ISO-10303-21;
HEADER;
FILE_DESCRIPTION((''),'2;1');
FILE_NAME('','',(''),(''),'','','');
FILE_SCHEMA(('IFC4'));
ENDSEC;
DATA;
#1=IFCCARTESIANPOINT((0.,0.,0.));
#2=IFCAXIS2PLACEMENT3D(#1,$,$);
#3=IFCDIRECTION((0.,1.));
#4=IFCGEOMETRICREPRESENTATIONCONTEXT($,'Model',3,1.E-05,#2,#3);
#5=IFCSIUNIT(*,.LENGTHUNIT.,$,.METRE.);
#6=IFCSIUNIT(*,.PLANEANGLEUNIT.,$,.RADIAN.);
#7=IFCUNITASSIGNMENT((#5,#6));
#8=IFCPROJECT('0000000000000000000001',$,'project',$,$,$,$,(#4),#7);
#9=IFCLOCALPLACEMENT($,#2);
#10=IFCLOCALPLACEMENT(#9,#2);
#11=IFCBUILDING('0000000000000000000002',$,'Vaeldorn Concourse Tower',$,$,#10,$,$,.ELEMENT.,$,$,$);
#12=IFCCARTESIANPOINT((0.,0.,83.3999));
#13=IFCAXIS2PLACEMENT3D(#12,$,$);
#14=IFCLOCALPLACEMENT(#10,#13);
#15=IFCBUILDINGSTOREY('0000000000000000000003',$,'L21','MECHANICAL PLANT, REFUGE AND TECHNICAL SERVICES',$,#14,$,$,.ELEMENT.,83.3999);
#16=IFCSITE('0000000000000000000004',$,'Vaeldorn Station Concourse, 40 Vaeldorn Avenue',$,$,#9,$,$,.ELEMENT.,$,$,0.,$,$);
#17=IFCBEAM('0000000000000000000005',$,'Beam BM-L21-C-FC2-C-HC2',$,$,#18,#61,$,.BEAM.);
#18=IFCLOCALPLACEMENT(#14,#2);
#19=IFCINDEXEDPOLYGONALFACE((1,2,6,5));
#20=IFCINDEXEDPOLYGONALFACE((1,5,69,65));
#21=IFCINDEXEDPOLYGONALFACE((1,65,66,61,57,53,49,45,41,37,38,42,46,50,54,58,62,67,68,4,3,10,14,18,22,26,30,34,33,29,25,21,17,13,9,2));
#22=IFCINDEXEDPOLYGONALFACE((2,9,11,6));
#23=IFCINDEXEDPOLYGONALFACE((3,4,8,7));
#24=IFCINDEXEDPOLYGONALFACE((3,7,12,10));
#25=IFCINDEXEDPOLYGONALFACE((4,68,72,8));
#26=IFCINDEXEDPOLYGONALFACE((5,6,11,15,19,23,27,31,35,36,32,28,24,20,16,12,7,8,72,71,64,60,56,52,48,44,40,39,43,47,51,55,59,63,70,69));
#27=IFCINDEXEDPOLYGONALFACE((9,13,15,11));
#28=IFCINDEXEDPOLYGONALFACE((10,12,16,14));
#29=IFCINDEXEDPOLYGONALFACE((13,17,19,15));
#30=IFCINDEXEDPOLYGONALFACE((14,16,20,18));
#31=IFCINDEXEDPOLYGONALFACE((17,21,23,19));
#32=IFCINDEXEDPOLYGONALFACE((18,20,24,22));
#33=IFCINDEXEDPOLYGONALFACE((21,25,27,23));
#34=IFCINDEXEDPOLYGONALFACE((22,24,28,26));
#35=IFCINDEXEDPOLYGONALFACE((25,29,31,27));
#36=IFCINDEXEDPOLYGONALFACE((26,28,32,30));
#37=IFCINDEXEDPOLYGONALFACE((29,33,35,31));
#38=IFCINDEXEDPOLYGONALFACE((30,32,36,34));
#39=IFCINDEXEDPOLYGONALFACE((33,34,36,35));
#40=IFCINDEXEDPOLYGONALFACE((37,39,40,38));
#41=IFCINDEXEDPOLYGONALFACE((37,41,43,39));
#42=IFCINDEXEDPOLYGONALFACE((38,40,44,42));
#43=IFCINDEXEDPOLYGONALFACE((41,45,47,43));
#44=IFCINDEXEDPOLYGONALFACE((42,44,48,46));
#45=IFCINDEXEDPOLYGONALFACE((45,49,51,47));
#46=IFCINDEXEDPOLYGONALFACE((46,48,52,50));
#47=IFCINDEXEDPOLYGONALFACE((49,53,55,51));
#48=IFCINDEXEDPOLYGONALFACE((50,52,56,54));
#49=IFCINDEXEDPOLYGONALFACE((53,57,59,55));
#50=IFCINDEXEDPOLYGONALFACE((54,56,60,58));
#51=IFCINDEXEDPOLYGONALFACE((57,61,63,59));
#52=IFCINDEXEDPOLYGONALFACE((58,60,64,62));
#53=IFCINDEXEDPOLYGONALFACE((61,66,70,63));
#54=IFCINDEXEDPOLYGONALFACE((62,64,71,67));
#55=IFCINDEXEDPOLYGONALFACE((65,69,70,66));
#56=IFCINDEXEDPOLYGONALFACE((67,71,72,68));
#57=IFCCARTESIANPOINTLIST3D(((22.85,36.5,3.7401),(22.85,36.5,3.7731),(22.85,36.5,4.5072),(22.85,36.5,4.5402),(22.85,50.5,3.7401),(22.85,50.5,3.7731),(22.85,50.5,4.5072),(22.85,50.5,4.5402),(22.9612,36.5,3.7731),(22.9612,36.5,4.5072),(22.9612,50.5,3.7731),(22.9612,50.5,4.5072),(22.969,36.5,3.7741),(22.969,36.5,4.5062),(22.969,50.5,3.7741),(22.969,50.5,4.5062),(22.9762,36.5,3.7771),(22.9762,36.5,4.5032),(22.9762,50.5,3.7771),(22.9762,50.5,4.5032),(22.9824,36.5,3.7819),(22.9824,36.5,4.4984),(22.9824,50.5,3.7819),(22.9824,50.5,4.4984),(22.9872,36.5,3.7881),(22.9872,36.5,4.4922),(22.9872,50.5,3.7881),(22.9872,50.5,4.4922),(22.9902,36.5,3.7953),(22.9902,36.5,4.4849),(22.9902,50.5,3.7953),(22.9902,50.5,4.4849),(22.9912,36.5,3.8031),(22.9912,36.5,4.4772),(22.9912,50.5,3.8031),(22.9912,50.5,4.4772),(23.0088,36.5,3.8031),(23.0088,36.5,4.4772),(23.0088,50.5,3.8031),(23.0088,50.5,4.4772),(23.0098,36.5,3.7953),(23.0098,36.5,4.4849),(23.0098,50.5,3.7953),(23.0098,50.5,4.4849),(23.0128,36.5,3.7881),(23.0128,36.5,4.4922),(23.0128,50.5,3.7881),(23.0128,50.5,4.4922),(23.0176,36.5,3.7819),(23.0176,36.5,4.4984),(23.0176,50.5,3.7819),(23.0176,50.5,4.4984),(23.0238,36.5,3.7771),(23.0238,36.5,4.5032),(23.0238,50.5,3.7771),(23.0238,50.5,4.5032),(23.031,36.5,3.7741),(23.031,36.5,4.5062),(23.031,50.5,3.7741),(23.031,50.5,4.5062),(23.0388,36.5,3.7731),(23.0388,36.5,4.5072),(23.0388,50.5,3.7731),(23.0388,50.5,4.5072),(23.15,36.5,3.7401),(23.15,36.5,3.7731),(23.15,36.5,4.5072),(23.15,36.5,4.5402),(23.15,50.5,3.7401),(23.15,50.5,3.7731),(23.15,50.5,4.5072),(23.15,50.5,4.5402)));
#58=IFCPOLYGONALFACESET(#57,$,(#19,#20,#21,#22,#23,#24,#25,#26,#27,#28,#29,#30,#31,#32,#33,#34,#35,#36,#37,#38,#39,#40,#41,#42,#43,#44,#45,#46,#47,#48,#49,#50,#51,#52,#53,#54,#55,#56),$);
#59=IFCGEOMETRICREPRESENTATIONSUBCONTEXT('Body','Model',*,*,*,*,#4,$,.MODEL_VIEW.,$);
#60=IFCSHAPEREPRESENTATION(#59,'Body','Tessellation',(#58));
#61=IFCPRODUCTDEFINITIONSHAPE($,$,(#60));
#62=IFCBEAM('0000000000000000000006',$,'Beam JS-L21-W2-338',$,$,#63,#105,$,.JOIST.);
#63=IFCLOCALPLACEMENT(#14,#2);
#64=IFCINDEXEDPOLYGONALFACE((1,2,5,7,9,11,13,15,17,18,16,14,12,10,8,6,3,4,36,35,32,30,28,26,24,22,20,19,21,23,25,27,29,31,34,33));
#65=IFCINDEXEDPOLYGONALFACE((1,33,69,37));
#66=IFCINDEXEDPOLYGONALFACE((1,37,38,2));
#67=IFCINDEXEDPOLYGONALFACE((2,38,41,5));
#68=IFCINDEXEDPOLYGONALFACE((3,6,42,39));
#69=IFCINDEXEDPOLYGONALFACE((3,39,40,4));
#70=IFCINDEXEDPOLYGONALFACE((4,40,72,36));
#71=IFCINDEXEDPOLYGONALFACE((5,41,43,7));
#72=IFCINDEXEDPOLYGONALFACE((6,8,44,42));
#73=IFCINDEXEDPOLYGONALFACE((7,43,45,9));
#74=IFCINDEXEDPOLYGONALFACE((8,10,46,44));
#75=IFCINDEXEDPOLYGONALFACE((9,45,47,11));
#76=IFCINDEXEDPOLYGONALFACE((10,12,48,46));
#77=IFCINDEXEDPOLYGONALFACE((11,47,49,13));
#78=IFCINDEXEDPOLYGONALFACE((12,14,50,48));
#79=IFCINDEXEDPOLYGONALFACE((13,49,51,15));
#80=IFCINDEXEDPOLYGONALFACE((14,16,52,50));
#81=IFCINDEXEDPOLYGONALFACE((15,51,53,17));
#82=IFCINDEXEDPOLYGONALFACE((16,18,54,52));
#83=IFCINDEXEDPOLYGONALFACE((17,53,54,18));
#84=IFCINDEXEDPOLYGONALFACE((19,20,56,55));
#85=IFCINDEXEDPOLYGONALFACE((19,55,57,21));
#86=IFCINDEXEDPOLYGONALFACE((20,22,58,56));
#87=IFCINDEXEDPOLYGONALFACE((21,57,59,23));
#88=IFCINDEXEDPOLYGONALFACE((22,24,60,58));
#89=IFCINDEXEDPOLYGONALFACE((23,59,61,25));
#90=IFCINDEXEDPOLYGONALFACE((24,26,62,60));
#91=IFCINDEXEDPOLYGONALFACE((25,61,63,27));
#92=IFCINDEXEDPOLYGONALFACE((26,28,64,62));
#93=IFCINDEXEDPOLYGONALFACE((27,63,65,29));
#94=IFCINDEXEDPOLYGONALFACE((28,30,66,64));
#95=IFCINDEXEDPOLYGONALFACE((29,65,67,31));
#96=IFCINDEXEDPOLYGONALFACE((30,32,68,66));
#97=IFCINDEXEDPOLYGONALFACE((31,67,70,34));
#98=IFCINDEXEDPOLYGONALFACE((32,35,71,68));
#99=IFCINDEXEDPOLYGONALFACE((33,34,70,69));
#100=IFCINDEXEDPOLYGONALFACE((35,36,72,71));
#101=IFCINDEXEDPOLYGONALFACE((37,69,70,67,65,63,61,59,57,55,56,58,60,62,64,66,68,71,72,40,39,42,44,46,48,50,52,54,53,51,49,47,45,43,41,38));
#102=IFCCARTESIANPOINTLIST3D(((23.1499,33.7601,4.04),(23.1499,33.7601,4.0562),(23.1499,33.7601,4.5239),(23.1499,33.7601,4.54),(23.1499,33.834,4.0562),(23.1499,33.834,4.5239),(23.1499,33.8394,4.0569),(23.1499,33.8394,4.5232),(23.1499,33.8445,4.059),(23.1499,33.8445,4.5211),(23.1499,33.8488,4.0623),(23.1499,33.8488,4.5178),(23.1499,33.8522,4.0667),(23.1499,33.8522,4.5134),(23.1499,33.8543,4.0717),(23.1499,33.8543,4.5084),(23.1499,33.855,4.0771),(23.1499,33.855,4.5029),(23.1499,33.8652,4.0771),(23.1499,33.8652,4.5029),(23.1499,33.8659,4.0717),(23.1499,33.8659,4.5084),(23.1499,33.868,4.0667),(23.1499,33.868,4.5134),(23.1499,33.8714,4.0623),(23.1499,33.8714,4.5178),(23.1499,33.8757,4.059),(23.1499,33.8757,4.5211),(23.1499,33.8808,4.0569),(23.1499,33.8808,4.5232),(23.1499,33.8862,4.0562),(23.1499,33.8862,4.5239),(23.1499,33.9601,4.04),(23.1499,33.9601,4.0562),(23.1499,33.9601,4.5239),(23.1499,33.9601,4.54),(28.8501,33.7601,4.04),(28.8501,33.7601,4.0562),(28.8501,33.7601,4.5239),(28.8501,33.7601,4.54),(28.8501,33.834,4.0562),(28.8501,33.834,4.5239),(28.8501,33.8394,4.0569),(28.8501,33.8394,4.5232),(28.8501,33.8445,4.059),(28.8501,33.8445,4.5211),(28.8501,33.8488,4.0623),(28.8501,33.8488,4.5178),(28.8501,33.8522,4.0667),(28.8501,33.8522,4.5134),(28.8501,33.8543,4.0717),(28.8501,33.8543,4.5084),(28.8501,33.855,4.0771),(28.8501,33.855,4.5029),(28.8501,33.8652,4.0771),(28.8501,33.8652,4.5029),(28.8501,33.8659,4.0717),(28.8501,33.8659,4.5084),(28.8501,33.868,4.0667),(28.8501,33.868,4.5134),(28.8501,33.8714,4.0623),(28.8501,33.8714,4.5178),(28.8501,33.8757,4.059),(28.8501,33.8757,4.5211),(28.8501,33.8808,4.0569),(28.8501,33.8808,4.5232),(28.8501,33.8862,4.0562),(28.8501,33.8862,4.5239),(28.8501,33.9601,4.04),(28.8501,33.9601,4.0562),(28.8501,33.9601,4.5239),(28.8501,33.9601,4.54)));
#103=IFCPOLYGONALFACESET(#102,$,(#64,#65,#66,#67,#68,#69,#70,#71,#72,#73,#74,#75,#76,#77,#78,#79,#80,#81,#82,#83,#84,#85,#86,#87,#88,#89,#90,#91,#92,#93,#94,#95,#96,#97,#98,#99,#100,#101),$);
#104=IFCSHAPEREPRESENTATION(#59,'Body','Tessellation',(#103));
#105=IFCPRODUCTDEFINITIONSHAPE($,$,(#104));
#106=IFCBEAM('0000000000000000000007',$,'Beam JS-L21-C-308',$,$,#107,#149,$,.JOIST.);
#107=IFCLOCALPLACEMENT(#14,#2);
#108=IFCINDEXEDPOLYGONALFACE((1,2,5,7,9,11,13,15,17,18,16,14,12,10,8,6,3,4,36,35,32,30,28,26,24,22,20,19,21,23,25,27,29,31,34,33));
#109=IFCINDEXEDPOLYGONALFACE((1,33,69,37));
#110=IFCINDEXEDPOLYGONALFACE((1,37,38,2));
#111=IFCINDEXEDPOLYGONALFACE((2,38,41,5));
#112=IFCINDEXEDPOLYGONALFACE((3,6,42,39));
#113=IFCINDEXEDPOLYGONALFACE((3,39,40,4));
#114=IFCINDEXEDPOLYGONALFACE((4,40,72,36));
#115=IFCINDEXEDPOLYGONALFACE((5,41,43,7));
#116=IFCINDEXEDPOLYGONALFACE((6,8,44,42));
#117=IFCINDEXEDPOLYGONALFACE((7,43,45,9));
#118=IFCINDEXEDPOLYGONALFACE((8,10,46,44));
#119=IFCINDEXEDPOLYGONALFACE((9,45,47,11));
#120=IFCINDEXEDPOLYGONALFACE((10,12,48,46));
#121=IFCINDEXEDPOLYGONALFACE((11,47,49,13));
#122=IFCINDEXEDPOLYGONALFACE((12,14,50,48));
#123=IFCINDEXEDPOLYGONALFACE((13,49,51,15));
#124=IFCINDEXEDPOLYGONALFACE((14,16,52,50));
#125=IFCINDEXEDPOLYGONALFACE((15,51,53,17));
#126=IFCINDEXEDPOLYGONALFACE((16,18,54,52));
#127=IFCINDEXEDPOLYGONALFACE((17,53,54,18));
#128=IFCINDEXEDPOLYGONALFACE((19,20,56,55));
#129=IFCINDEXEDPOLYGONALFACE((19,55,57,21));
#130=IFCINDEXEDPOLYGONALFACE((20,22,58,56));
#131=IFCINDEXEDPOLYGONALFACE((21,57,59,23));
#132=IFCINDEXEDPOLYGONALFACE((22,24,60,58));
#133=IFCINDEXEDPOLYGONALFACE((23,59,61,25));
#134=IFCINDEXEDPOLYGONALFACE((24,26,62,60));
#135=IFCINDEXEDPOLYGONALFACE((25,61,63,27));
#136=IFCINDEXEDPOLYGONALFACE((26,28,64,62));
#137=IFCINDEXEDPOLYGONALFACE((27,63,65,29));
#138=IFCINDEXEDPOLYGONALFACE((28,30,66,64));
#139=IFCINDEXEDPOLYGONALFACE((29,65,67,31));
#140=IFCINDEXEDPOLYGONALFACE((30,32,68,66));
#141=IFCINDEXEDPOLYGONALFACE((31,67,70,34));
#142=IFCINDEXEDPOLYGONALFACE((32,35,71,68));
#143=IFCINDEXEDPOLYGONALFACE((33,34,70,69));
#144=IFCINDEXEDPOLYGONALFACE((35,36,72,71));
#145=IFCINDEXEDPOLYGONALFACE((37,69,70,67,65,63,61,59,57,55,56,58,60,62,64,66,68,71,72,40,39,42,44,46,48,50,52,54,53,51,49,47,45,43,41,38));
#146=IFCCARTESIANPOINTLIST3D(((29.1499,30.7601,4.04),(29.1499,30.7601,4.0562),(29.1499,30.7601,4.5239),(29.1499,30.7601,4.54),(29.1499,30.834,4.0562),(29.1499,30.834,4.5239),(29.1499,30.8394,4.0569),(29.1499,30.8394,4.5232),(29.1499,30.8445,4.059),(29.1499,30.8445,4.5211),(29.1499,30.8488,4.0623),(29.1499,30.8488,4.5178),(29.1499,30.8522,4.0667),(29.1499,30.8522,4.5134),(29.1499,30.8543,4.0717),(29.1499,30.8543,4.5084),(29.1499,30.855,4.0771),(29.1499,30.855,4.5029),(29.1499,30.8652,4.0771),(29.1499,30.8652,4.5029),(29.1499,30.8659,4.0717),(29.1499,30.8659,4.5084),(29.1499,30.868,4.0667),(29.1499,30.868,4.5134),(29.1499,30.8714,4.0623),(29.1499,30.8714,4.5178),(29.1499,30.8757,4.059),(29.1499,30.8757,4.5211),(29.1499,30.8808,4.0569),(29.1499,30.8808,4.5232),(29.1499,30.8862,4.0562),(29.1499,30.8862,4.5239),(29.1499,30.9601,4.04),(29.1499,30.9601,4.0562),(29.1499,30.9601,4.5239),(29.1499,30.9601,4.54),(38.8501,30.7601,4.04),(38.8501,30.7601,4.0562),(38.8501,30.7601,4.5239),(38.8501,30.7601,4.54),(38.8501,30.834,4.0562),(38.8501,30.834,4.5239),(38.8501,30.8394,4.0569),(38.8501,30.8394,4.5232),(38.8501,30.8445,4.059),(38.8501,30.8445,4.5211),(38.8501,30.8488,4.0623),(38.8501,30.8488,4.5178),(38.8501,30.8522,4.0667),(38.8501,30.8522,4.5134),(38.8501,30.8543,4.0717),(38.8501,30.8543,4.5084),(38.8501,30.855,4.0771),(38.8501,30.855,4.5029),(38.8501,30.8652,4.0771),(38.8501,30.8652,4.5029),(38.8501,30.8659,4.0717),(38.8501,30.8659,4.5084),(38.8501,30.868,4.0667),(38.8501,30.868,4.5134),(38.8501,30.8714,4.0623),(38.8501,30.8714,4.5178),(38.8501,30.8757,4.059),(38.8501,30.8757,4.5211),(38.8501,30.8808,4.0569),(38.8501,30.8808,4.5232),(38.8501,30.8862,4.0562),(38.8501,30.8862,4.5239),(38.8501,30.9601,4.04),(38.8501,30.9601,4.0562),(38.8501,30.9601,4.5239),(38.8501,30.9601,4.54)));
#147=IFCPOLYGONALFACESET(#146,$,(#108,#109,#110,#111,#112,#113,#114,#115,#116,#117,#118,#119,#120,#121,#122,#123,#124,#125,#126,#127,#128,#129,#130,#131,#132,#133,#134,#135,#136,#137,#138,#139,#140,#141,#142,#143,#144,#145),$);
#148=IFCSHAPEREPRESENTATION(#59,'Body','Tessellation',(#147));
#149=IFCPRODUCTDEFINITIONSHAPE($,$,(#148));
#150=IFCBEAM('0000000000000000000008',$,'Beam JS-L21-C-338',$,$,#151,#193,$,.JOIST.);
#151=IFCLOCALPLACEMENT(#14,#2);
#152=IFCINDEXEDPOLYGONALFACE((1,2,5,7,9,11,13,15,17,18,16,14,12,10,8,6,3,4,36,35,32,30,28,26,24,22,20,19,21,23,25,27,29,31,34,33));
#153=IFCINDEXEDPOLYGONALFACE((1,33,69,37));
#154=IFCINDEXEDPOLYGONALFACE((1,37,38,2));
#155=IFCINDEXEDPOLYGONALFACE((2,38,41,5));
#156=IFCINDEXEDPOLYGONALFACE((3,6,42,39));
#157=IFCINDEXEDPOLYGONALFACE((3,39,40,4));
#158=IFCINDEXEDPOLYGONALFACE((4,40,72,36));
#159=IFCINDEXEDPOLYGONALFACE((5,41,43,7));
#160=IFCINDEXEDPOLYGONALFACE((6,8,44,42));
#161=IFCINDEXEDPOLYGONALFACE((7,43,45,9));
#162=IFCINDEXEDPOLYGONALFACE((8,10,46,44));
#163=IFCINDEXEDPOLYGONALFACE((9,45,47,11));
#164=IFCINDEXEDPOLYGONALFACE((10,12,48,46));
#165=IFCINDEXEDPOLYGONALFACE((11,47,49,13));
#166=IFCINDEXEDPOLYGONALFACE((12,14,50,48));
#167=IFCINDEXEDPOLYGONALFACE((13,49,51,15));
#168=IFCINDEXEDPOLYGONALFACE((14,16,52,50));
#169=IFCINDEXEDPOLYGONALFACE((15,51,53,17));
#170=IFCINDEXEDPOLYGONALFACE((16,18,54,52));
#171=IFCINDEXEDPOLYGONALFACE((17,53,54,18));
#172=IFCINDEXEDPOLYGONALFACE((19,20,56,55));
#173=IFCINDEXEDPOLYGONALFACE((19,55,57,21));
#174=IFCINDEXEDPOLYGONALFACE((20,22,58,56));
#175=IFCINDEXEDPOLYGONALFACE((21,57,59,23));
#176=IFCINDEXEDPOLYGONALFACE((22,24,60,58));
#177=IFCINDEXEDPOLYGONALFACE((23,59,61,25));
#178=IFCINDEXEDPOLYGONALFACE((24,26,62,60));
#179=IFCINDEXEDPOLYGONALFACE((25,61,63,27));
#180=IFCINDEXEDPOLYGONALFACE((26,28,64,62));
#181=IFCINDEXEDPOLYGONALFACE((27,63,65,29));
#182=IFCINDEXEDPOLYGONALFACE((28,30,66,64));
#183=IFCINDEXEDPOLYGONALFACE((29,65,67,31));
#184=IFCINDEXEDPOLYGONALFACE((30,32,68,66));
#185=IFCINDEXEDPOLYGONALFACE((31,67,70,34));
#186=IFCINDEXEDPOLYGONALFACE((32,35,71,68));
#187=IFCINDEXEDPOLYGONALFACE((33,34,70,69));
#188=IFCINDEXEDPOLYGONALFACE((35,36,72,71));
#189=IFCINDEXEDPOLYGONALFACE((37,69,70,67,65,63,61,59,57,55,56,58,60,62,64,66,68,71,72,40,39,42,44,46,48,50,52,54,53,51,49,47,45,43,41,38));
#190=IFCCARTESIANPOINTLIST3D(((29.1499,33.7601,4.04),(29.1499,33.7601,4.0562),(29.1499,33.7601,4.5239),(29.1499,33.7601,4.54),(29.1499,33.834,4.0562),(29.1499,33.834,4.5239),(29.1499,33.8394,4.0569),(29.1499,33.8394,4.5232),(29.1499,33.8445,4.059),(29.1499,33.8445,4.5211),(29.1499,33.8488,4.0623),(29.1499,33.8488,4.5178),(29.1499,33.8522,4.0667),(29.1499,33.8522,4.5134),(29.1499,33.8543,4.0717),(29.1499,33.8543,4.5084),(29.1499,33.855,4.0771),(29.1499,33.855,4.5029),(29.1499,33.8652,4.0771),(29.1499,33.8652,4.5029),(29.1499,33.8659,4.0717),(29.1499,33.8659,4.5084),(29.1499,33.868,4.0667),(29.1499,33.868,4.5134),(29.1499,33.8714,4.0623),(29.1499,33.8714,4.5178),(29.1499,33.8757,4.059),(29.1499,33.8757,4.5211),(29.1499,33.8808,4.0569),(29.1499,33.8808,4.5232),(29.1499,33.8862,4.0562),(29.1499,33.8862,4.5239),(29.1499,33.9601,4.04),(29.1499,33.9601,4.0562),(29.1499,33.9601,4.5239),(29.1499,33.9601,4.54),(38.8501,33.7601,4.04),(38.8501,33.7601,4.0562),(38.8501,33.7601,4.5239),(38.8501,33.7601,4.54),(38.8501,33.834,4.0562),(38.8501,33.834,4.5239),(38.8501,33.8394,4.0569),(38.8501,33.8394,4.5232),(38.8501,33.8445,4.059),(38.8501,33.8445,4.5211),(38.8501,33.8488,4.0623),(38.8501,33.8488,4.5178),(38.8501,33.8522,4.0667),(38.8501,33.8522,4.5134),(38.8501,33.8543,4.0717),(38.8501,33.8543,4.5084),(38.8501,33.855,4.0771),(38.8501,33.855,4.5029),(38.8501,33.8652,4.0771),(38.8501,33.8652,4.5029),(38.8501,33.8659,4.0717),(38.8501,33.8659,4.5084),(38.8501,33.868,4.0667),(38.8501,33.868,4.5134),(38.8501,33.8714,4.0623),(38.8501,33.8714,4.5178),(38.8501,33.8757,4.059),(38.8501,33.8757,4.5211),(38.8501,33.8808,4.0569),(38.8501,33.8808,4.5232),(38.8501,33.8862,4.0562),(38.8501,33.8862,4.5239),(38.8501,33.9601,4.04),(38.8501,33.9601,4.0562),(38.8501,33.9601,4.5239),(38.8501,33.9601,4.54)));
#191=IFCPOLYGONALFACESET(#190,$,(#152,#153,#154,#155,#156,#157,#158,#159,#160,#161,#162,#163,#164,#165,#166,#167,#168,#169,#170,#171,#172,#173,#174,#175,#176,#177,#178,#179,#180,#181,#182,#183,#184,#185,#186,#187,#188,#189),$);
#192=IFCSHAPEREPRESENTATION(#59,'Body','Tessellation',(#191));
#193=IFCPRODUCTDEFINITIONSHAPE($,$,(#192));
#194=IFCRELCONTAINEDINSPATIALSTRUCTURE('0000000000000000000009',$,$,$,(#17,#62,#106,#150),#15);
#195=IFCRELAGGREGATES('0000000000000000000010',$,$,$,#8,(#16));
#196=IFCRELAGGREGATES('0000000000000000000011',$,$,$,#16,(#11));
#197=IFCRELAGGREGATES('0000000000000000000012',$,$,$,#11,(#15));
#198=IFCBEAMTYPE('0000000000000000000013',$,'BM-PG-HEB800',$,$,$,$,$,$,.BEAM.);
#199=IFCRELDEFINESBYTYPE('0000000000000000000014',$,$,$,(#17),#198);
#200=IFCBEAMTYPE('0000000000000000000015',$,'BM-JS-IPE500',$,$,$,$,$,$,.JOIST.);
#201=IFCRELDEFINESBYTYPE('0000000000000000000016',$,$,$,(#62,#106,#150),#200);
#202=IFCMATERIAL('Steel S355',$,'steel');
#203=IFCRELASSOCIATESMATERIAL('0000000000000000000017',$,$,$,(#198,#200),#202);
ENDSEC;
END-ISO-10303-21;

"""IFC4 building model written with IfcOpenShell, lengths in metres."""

from ifc_helpers import new_model, si_unit, direction, frame, origin, origin_2d, place, context, subcontext, project, spatial, i_section, extrude, source, transform, mapped, material, material_profile, profile_set, type_object, element, save


model = new_model("IFC4")

# Units and contexts
model_context = context("Model", 3, precision=1e-05, world=origin(), true_north=direction((0.0, 1.0)))
body_context = subcontext(model_context, "Body", "Model", "MODEL_VIEW")
ifc_project = project(units=[si_unit("LENGTHUNIT", "METRE"), si_unit("PLANEANGLEUNIT", "RADIAN")], contexts=[model_context])

# Site, building, storey
site_placement = place(None, origin())
site = spatial("IfcSite", under=ifc_project, at=site_placement, Name="Vaeldorn Station Concourse, 40 Vaeldorn Avenue", CompositionType="ELEMENT", RefElevation=0.0)
building_placement = place(site_placement, origin())
building = spatial("IfcBuilding", under=site, at=building_placement, Name="Vaeldorn Concourse Tower", CompositionType="ELEMENT")
storey_placement = place(building_placement, frame((0.0, 0.0, 83.3999)))
storey = spatial("IfcBuildingStorey", under=building, at=storey_placement, Name="L21", Description="MECHANICAL PLANT, REFUGE AND TECHNICAL SERVICES", CompositionType="ELEMENT", Elevation=83.3999)

# Beams
ifc_material_1 = material(Name="Steel S355", Category="steel")
ifc_material_profile_1 = material_profile(ifc_material_1, i_section(OverallWidth=0.3, OverallDepth=0.8, WebThickness=0.0176, FlangeThickness=0.033, FilletRadius=0.03, at=origin_2d()), Name="HEB 800")
ifc_profile_set_1 = profile_set([ifc_material_profile_1], Name="Steel S355")
beam_type_1 = type_object("IfcBeamType", Name="BM-PG-HEB800", PredefinedType="BEAM", material=ifc_profile_set_1)
shared_shape_1 = source(origin(), body_context, "Body", "SweptSolid", [
    extrude(i_section(OverallWidth=0.3, OverallDepth=0.8, WebThickness=0.0176, FlangeThickness=0.033, FilletRadius=0.03, at=origin_2d()), origin(), (0.0, 0.0, 1.0), 14.0),
])
beam_1_placement = place(storey_placement, frame((23.0, 36.5, 4.1401), z_axis=(0.0, 1.0, 0.0), x_axis=(-1.0, 0.0, 0.0)))
element("IfcBeam", 1, at=beam_1_placement, inside=storey, type_object=beam_type_1, Name="Beam BM-L21-C-FC2-C-HC2", PredefinedType="BEAM", context=body_context, shape_type="MappedRepresentation", body=[
    mapped(shared_shape_1, transform((0.0, 0.0, 0.0), scale=1.0)),
])
ifc_material_profile_2 = material_profile(ifc_material_1, i_section(OverallWidth=0.2, OverallDepth=0.5, WebThickness=0.0103, FlangeThickness=0.0161, FilletRadius=0.021, at=origin_2d()), Name="IPE 500")
ifc_profile_set_2 = profile_set([ifc_material_profile_2], Name="Steel S355")
beam_type_2 = type_object("IfcBeamType", Name="BM-JS-IPE500", PredefinedType="JOIST", material=ifc_profile_set_2)
shared_shape_2 = source(origin(), body_context, "Body", "SweptSolid", [
    extrude(i_section(OverallWidth=0.2, OverallDepth=0.5, WebThickness=0.0103, FlangeThickness=0.0161, FilletRadius=0.021, at=origin_2d()), origin(), (0.0, 0.0, 1.0), 5.7002),
])
beam_2_placement = place(storey_placement, frame((23.1499, 33.8601, 4.29), z_axis=(1.0, 0.0, 0.0), x_axis=(0.0, 1.0, 0.0)))
element("IfcBeam", 2, at=beam_2_placement, inside=storey, type_object=beam_type_2, Name="Beam JS-L21-W2-338", PredefinedType="JOIST", context=body_context, shape_type="MappedRepresentation", body=[
    mapped(shared_shape_2, transform((0.0, 0.0, 0.0), scale=1.0)),
])
shared_shape_3 = source(origin(), body_context, "Body", "SweptSolid", [
    extrude(i_section(OverallWidth=0.2, OverallDepth=0.5, WebThickness=0.0103, FlangeThickness=0.0161, FilletRadius=0.021, at=origin_2d()), origin(), (0.0, 0.0, 1.0), 9.7002),
])
for number, where, z_axis, x_axis, name in (
    (3, (29.1499, 30.8601, 4.29), (1.0, 0.0, 0.0), (0.0, 1.0, 0.0), "Beam JS-L21-C-308"),
    (4, (29.1499, 33.8601, 4.29), (1.0, 0.0, 0.0), (0.0, 1.0, 0.0), "Beam JS-L21-C-338"),
):
    element("IfcBeam", number, at=place(storey_placement, frame(where, z_axis=z_axis, x_axis=x_axis)), inside=storey, type_object=beam_type_2, Name=name, PredefinedType="JOIST", context=body_context, shape_type="MappedRepresentation", body=[
        mapped(shared_shape_3, transform((0.0, 0.0, 0.0), scale=1.0)),
    ])

save(model, "model.ifc")
